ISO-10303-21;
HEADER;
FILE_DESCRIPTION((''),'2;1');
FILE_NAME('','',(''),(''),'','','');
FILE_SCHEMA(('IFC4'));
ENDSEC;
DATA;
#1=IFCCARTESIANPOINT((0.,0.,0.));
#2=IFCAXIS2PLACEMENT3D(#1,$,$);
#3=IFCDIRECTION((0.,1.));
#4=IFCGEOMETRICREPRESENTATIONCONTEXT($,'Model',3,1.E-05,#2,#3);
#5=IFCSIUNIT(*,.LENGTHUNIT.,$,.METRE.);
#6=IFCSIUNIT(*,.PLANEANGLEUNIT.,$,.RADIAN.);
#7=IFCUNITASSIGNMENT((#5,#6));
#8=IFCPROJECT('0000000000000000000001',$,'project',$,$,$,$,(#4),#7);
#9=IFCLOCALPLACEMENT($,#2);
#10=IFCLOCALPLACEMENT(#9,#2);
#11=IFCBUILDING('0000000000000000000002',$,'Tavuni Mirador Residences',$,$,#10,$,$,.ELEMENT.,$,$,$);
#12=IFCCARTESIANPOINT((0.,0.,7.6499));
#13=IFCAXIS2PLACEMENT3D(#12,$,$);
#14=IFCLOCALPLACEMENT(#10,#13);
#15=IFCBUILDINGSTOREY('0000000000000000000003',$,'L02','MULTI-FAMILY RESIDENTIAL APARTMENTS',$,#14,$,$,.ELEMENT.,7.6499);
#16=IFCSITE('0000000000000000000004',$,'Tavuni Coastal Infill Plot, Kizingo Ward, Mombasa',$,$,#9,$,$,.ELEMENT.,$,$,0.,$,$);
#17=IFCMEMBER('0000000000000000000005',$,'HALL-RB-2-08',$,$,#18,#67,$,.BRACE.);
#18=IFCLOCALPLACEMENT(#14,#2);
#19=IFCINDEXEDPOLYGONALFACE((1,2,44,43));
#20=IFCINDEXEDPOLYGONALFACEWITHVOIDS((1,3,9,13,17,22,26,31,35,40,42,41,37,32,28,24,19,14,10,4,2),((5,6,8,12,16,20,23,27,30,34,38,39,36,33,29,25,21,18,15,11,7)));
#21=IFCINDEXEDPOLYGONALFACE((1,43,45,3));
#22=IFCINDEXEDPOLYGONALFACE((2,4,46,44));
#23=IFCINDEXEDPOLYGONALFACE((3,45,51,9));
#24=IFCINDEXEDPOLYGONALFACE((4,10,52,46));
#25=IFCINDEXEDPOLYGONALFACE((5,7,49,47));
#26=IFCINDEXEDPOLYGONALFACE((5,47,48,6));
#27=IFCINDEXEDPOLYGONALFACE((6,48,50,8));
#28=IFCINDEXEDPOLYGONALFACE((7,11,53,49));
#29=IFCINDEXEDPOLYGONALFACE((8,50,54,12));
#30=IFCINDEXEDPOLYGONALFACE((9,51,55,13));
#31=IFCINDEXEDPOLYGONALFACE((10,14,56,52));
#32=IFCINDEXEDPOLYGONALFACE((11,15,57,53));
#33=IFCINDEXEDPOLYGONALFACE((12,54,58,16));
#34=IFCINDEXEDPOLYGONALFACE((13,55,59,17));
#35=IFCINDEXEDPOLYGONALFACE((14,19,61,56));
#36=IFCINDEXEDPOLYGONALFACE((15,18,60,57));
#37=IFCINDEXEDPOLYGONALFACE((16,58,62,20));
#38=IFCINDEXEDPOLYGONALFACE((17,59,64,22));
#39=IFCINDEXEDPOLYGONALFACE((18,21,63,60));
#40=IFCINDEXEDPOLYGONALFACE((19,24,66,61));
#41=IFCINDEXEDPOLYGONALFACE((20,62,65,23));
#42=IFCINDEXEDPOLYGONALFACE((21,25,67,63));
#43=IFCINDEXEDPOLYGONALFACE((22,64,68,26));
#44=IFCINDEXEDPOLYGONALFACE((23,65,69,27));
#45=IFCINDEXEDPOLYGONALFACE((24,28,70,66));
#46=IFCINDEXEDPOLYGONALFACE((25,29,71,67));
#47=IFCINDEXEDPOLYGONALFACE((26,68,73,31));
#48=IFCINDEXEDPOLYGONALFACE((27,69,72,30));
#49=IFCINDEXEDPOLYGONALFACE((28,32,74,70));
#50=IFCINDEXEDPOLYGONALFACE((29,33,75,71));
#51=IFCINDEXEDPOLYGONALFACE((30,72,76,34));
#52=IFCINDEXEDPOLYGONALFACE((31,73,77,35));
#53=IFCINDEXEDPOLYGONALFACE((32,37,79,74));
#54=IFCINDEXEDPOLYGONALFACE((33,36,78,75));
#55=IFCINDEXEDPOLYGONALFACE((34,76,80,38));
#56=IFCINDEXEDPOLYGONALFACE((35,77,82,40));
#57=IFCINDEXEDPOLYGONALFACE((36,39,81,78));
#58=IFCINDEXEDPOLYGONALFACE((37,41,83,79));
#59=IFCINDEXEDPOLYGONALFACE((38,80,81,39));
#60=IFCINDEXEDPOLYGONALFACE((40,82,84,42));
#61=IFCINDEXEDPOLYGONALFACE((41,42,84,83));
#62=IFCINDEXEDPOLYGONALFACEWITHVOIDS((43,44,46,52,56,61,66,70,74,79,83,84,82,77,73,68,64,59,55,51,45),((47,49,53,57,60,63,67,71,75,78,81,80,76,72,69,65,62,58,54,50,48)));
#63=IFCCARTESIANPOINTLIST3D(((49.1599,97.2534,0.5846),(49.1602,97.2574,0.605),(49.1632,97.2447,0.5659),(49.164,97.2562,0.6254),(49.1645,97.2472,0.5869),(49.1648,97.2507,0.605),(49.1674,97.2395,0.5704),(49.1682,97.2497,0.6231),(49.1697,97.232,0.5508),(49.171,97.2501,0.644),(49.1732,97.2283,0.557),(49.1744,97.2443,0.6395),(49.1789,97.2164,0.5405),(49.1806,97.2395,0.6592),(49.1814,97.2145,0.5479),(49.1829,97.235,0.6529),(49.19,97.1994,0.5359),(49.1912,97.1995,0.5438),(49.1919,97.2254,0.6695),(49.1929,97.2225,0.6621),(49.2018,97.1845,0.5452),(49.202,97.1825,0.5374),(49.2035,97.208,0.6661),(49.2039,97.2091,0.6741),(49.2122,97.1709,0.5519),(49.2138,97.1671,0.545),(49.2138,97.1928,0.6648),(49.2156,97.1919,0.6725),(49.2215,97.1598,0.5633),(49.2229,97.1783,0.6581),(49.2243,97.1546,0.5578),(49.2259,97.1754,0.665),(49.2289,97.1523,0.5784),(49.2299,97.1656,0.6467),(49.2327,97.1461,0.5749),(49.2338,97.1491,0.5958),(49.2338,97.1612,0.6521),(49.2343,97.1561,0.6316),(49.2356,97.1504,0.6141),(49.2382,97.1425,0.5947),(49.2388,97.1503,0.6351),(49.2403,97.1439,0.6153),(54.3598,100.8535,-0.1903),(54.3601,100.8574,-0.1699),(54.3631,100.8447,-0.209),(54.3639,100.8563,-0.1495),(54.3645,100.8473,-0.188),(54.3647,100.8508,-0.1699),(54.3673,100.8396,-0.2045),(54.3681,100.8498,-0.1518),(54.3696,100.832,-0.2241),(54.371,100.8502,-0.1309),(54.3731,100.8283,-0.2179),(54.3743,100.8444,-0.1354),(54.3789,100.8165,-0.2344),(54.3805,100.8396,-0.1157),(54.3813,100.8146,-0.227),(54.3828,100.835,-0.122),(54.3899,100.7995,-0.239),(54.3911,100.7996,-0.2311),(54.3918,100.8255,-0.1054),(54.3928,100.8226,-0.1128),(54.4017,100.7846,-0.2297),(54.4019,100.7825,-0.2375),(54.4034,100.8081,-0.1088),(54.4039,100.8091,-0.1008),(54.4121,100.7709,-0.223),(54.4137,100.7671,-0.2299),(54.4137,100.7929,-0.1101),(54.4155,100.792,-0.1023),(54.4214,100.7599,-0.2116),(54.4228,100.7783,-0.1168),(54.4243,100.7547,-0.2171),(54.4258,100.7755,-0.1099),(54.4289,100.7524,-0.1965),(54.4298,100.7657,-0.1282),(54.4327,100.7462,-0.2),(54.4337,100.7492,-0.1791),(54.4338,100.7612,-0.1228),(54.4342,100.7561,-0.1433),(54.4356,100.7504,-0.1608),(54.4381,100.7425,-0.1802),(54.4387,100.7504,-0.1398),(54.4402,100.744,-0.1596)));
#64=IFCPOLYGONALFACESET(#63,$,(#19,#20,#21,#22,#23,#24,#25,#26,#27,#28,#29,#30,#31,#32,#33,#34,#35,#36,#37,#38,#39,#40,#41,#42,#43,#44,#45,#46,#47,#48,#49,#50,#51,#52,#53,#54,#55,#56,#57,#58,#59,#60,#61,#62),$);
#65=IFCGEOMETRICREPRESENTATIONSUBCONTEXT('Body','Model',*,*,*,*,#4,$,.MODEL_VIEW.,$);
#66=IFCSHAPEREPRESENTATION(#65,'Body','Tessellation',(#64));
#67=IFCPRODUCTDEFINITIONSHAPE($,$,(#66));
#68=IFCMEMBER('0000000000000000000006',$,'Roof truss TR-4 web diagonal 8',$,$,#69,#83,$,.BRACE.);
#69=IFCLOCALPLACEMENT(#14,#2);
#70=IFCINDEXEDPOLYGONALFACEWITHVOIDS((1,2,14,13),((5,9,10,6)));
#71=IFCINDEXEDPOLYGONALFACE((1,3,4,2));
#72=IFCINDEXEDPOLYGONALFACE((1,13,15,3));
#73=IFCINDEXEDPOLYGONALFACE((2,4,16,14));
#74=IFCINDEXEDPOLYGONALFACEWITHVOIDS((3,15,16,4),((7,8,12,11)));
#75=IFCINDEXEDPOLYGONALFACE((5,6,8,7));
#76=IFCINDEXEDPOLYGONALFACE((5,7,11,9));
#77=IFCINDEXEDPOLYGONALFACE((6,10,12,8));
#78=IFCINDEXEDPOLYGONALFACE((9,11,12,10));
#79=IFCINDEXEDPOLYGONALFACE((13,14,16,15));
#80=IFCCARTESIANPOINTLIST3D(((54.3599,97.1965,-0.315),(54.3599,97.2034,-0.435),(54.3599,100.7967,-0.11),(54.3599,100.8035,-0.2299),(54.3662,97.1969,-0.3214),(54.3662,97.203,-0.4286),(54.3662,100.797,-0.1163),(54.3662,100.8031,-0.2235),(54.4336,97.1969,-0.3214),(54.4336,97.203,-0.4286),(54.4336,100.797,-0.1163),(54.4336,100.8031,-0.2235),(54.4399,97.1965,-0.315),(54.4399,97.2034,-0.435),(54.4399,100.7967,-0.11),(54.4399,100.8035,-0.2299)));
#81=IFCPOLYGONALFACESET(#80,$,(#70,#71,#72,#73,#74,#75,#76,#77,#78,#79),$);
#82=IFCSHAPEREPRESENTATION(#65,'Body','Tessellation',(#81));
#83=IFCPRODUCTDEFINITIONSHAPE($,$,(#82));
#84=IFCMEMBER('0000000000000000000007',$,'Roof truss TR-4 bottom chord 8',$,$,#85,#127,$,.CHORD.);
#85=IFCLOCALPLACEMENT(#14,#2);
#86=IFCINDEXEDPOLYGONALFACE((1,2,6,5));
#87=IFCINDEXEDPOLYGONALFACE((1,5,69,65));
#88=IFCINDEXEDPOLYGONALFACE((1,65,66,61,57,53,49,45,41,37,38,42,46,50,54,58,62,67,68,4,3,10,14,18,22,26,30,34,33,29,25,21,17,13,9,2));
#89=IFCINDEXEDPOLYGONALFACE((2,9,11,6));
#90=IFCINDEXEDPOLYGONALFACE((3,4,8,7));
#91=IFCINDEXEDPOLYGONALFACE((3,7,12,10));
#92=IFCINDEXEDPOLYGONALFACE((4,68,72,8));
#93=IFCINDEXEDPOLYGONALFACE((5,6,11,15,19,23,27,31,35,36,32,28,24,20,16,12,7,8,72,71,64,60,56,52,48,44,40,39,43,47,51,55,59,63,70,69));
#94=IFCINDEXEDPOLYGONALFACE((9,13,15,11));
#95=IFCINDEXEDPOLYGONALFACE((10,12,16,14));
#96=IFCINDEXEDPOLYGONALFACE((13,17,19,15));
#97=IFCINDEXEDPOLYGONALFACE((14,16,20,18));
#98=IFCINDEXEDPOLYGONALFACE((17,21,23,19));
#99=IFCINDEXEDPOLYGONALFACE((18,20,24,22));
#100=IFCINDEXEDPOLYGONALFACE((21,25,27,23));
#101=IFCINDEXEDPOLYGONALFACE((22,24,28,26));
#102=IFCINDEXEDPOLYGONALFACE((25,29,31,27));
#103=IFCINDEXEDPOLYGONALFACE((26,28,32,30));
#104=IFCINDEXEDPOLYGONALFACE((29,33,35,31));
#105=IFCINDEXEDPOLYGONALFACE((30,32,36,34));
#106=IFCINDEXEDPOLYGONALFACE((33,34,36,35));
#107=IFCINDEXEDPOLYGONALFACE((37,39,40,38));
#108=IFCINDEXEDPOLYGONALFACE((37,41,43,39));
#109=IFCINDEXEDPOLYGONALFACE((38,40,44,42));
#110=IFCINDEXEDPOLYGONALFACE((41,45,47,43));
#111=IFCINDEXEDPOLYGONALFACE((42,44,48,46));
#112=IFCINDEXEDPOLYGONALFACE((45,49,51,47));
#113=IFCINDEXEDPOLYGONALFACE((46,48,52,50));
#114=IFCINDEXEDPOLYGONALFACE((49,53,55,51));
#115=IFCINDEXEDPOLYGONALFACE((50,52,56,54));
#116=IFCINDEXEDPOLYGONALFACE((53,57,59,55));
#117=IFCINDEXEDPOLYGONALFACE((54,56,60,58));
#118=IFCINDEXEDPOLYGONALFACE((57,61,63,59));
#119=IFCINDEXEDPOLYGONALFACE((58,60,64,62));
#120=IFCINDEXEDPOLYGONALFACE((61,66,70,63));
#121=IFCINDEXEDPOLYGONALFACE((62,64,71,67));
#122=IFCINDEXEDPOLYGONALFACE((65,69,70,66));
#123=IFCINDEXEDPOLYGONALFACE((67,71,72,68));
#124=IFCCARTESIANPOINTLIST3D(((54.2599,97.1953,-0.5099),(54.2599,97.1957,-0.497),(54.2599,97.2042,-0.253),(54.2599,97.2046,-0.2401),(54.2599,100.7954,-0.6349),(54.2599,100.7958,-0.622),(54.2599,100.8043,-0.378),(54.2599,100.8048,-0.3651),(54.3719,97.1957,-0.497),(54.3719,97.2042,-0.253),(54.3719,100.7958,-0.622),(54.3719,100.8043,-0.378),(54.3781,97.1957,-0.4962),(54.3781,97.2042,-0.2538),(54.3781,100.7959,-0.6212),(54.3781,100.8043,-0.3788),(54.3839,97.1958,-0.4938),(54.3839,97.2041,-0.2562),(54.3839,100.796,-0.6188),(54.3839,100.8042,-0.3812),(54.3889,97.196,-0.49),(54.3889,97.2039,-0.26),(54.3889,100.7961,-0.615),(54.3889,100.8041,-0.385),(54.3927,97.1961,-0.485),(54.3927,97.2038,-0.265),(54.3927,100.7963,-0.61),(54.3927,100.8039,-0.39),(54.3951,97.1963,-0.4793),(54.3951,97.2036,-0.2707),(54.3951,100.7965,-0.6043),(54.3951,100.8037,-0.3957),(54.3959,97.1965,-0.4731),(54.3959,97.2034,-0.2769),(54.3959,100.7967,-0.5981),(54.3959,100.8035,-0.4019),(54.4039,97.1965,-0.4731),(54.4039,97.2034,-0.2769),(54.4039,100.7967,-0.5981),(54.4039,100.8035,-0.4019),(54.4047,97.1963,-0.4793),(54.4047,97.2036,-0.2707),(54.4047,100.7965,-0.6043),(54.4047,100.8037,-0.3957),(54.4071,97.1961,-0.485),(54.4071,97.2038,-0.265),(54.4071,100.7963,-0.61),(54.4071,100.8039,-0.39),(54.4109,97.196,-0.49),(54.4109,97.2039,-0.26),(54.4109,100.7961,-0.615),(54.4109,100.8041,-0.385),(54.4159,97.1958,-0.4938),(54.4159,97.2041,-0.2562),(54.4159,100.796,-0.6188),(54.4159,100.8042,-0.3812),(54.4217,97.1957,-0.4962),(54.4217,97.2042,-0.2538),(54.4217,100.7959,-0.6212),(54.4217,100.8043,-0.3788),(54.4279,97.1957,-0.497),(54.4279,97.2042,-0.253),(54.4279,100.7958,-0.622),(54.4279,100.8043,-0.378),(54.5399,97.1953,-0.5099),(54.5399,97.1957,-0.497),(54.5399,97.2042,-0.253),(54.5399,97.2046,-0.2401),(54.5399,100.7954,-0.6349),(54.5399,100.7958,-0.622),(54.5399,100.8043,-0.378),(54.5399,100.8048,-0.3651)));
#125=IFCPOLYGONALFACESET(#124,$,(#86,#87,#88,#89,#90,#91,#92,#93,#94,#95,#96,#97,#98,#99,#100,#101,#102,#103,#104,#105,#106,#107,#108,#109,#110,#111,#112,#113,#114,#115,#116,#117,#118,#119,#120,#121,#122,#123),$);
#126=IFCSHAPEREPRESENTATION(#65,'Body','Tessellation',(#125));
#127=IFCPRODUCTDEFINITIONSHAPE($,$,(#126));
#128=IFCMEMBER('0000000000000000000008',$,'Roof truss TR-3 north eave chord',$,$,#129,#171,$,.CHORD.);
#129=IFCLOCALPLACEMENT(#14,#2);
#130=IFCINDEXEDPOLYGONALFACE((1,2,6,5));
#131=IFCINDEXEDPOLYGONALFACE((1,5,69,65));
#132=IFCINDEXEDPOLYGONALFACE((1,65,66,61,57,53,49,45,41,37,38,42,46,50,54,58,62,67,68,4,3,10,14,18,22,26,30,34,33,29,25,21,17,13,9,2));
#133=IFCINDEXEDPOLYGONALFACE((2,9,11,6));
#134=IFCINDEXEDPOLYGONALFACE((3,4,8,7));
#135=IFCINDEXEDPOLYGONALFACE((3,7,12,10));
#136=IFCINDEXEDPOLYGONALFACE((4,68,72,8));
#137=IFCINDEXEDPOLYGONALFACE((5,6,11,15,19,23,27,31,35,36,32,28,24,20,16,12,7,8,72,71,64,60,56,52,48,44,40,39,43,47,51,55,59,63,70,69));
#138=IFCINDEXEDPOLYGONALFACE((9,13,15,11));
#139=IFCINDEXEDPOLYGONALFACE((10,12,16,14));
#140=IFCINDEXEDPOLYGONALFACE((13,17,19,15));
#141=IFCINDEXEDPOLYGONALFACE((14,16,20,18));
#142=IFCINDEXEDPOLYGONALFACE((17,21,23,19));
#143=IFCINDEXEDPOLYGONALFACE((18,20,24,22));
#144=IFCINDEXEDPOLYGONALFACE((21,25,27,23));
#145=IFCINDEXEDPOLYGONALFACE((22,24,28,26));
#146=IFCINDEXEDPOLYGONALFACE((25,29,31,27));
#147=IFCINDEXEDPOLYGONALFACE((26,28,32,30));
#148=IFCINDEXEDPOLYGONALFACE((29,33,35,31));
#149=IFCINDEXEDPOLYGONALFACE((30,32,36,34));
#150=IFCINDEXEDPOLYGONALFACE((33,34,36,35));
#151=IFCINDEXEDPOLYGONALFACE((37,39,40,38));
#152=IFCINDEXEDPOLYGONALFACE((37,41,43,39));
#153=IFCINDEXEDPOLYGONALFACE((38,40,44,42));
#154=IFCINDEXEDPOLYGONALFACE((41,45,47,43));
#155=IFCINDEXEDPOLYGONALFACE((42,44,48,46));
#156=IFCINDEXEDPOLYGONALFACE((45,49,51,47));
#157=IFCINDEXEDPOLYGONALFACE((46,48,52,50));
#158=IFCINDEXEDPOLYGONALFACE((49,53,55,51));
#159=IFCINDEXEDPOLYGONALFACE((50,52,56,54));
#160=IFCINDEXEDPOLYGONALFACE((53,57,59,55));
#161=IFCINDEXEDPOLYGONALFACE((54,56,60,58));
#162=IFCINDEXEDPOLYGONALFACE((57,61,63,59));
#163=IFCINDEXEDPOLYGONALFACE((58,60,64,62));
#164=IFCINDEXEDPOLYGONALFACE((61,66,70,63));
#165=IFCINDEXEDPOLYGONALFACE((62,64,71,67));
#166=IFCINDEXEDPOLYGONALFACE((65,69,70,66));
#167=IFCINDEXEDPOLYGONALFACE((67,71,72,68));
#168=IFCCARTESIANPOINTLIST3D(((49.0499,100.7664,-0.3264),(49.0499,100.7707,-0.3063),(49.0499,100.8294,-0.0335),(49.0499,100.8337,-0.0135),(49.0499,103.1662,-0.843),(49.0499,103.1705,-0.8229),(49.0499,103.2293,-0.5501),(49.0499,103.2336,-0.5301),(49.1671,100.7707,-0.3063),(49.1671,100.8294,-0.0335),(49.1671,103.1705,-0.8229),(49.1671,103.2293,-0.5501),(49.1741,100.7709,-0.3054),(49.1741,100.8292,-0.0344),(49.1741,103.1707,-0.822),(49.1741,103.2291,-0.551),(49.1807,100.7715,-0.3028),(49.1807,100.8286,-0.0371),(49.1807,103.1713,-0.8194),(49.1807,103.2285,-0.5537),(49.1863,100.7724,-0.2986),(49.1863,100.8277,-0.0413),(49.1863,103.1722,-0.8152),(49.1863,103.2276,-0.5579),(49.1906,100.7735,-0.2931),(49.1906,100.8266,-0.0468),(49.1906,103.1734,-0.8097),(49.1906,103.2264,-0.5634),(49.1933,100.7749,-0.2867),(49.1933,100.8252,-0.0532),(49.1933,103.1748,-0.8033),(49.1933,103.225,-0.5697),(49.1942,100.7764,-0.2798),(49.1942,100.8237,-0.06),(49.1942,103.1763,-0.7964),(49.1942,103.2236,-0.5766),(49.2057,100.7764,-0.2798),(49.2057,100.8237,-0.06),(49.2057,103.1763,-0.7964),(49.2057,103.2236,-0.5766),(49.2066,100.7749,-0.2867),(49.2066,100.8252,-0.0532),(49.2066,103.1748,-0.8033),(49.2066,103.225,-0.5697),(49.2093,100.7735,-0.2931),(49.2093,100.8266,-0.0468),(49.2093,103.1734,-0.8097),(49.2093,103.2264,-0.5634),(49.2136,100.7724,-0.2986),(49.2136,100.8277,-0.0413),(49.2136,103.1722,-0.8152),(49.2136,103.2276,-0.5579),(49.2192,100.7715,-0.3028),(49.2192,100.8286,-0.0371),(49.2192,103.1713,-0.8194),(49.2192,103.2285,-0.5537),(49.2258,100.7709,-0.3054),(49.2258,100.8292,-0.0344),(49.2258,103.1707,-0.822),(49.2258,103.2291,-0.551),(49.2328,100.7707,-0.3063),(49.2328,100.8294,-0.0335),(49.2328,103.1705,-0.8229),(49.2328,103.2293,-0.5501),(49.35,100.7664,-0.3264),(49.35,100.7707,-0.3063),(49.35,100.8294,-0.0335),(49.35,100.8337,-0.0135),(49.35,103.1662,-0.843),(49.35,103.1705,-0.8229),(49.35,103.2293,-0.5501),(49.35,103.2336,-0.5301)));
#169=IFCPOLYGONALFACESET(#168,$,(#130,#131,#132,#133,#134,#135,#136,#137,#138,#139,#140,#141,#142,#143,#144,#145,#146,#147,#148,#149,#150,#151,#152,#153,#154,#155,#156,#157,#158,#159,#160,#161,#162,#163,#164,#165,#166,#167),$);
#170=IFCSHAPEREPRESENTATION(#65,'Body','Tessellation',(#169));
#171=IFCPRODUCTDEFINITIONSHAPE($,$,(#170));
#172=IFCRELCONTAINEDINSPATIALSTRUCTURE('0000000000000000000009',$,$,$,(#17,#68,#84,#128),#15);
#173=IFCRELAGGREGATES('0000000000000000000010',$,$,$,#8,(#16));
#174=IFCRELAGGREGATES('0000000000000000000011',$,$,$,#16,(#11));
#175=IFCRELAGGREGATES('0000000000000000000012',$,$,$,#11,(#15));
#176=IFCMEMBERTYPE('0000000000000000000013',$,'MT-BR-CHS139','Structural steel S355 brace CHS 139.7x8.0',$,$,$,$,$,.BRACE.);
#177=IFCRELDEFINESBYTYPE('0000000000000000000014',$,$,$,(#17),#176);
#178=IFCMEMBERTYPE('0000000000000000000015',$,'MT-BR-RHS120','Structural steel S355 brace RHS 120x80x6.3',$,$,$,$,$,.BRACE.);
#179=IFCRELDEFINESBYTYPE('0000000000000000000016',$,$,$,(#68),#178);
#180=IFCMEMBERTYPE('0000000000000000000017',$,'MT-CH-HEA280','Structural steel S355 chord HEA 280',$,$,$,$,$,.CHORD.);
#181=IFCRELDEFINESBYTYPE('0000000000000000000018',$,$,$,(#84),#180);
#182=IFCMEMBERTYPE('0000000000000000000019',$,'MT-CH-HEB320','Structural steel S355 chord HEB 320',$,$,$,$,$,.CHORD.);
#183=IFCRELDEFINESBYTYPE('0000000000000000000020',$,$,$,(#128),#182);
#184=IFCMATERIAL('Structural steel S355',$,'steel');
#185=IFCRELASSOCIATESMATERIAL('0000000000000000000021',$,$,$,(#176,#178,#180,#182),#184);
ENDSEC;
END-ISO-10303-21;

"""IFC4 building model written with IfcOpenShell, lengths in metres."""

from ifc_helpers import new_model, si_unit, direction, frame, origin, origin_2d, place, context, subcontext, project, spatial, hollow_rectangle, hollow_circle, i_section, extrude, material, material_profile, profile_set, type_object, element, save


model = new_model("IFC4")

# Units and contexts
model_context = context("Model", 3, precision=1e-05, world=origin(), true_north=direction((0.0, 1.0)))
body_context = subcontext(model_context, "Body", "Model", "MODEL_VIEW")
ifc_project = project(units=[si_unit("LENGTHUNIT", "METRE"), si_unit("PLANEANGLEUNIT", "RADIAN")], contexts=[model_context])

# Site, building, storey
site_placement = place(None, origin())
site = spatial("IfcSite", under=ifc_project, at=site_placement, Name="Tavuni Coastal Infill Plot, Kizingo Ward, Mombasa", CompositionType="ELEMENT", RefElevation=0.0)
building_placement = place(site_placement, origin())
building = spatial("IfcBuilding", under=site, at=building_placement, Name="Tavuni Mirador Residences", CompositionType="ELEMENT")
storey_placement = place(building_placement, frame((0.0, 0.0, 7.6499)))
storey = spatial("IfcBuildingStorey", under=building, at=storey_placement, Name="L02", Description="MULTI-FAMILY RESIDENTIAL APARTMENTS", CompositionType="ELEMENT", Elevation=7.6499)

# Shared definitions
ifc_material_1 = material(Name="Structural steel S355", Category="steel")

# Members
ifc_material_profile_1 = material_profile(ifc_material_1, hollow_circle(Radius=0.0698, WallThickness=0.0081, at=origin_2d()), Name="CHS 139.7x8.0", Category="steel")
ifc_profile_set_1 = profile_set([ifc_material_profile_1], Name="Structural steel S355")
member_type_1 = type_object("IfcMemberType", Name="MT-BR-CHS139", Description="Structural steel S355 brace CHS 139.7x8.0", PredefinedType="BRACE", material=ifc_profile_set_1)
member_1_placement = place(storey_placement, frame((49.2, 97.2, 0.605), z_axis=(0.81608, 0.564999, -0.121613), x_axis=(-0.569224, 0.822182, 0.0)))
element("IfcMember", 1, at=member_1_placement, inside=storey, type_object=member_type_1, Name="HALL-RB-2-08", PredefinedType="BRACE", context=body_context, shape_type="SweptSolid", body=[
    extrude(hollow_circle(Radius=0.0698, WallThickness=0.0081, at=origin_2d()), origin(), (0.0, 0.0, 1.0), 6.3718),
])
ifc_material_profile_2 = material_profile(ifc_material_1, hollow_rectangle(XDim=0.0801, YDim=0.1201, WallThickness=0.0063, at=origin_2d()), Name="RHS 120x80x6.3", Category="steel")
ifc_profile_set_2 = profile_set([ifc_material_profile_2], Name="Structural steel S355")
member_type_2 = type_object("IfcMemberType", Name="MT-BR-RHS120", Description="Structural steel S355 brace RHS 120x80x6.3", PredefinedType="BRACE", material=ifc_profile_set_2)
member_2_placement = place(storey_placement, frame((54.3999, 97.2, -0.375), z_axis=(0.0, 0.998381, 0.056872), x_axis=(-1.0, 0.0, 0.0)))
element("IfcMember", 2, at=member_2_placement, inside=storey, type_object=member_type_2, Name="Roof truss TR-4 web diagonal 8", PredefinedType="BRACE", context=body_context, shape_type="SweptSolid", body=[
    extrude(hollow_rectangle(XDim=0.0801, YDim=0.1201, WallThickness=0.0063, at=origin_2d()), origin(), (0.0, 0.0, 1.0), 3.606),
])
ifc_material_profile_3 = material_profile(ifc_material_1, i_section(OverallWidth=0.28, OverallDepth=0.27, WebThickness=0.0081, FlangeThickness=0.0129, FilletRadius=0.0239, at=origin_2d()), Name="HEA 280", Category="steel")
ifc_profile_set_3 = profile_set([ifc_material_profile_3], Name="Structural steel S355")
member_type_3 = type_object("IfcMemberType", Name="MT-CH-HEA280", Description="Structural steel S355 chord HEA 280", PredefinedType="CHORD", material=ifc_profile_set_3)
member_3_placement = place(storey_placement, frame((54.3999, 97.2, -0.375), z_axis=(0.0, 0.999398, -0.0347), x_axis=(-1.0, 0.0, 0.0)))
element("IfcMember", 3, at=member_3_placement, inside=storey, type_object=member_type_3, Name="Roof truss TR-4 bottom chord 8", PredefinedType="CHORD", context=body_context, shape_type="SweptSolid", body=[
    extrude(i_section(OverallWidth=0.28, OverallDepth=0.27, WebThickness=0.0081, FlangeThickness=0.0129, FilletRadius=0.0239, at=origin_2d()), origin(), (0.0, 0.0, 1.0), 3.6023),
])
ifc_material_profile_4 = material_profile(ifc_material_1, i_section(OverallWidth=0.3, OverallDepth=0.3201, WebThickness=0.0115, FlangeThickness=0.0205, FilletRadius=0.0271, at=origin_2d()), Name="HEB 320", Category="steel")
ifc_profile_set_4 = profile_set([ifc_material_profile_4], Name="Structural steel S355")
member_type_4 = type_object("IfcMemberType", Name="MT-CH-HEB320", Description="Structural steel S355 chord HEB 320", PredefinedType="CHORD", material=ifc_profile_set_4)
for number, where, z_axis, x_axis, name in (
    (4, (49.2, 100.8, -0.1699), (0.0, 0.977607, -0.210439), (-1.0, 0.0, 0.0), "Roof truss TR-3 north eave chord"),
):
    element("IfcMember", number, at=place(storey_placement, frame(where, z_axis=z_axis, x_axis=x_axis)), inside=storey, type_object=member_type_4, Name=name, PredefinedType="CHORD", context=body_context, shape_type="SweptSolid", body=[
        extrude(i_section(OverallWidth=0.3, OverallDepth=0.3201, WebThickness=0.0115, FlangeThickness=0.0205, FilletRadius=0.0271, at=origin_2d()), origin(), (0.0, 0.0, 1.0), 2.4548),
    ])

save(model, "model.ifc")
